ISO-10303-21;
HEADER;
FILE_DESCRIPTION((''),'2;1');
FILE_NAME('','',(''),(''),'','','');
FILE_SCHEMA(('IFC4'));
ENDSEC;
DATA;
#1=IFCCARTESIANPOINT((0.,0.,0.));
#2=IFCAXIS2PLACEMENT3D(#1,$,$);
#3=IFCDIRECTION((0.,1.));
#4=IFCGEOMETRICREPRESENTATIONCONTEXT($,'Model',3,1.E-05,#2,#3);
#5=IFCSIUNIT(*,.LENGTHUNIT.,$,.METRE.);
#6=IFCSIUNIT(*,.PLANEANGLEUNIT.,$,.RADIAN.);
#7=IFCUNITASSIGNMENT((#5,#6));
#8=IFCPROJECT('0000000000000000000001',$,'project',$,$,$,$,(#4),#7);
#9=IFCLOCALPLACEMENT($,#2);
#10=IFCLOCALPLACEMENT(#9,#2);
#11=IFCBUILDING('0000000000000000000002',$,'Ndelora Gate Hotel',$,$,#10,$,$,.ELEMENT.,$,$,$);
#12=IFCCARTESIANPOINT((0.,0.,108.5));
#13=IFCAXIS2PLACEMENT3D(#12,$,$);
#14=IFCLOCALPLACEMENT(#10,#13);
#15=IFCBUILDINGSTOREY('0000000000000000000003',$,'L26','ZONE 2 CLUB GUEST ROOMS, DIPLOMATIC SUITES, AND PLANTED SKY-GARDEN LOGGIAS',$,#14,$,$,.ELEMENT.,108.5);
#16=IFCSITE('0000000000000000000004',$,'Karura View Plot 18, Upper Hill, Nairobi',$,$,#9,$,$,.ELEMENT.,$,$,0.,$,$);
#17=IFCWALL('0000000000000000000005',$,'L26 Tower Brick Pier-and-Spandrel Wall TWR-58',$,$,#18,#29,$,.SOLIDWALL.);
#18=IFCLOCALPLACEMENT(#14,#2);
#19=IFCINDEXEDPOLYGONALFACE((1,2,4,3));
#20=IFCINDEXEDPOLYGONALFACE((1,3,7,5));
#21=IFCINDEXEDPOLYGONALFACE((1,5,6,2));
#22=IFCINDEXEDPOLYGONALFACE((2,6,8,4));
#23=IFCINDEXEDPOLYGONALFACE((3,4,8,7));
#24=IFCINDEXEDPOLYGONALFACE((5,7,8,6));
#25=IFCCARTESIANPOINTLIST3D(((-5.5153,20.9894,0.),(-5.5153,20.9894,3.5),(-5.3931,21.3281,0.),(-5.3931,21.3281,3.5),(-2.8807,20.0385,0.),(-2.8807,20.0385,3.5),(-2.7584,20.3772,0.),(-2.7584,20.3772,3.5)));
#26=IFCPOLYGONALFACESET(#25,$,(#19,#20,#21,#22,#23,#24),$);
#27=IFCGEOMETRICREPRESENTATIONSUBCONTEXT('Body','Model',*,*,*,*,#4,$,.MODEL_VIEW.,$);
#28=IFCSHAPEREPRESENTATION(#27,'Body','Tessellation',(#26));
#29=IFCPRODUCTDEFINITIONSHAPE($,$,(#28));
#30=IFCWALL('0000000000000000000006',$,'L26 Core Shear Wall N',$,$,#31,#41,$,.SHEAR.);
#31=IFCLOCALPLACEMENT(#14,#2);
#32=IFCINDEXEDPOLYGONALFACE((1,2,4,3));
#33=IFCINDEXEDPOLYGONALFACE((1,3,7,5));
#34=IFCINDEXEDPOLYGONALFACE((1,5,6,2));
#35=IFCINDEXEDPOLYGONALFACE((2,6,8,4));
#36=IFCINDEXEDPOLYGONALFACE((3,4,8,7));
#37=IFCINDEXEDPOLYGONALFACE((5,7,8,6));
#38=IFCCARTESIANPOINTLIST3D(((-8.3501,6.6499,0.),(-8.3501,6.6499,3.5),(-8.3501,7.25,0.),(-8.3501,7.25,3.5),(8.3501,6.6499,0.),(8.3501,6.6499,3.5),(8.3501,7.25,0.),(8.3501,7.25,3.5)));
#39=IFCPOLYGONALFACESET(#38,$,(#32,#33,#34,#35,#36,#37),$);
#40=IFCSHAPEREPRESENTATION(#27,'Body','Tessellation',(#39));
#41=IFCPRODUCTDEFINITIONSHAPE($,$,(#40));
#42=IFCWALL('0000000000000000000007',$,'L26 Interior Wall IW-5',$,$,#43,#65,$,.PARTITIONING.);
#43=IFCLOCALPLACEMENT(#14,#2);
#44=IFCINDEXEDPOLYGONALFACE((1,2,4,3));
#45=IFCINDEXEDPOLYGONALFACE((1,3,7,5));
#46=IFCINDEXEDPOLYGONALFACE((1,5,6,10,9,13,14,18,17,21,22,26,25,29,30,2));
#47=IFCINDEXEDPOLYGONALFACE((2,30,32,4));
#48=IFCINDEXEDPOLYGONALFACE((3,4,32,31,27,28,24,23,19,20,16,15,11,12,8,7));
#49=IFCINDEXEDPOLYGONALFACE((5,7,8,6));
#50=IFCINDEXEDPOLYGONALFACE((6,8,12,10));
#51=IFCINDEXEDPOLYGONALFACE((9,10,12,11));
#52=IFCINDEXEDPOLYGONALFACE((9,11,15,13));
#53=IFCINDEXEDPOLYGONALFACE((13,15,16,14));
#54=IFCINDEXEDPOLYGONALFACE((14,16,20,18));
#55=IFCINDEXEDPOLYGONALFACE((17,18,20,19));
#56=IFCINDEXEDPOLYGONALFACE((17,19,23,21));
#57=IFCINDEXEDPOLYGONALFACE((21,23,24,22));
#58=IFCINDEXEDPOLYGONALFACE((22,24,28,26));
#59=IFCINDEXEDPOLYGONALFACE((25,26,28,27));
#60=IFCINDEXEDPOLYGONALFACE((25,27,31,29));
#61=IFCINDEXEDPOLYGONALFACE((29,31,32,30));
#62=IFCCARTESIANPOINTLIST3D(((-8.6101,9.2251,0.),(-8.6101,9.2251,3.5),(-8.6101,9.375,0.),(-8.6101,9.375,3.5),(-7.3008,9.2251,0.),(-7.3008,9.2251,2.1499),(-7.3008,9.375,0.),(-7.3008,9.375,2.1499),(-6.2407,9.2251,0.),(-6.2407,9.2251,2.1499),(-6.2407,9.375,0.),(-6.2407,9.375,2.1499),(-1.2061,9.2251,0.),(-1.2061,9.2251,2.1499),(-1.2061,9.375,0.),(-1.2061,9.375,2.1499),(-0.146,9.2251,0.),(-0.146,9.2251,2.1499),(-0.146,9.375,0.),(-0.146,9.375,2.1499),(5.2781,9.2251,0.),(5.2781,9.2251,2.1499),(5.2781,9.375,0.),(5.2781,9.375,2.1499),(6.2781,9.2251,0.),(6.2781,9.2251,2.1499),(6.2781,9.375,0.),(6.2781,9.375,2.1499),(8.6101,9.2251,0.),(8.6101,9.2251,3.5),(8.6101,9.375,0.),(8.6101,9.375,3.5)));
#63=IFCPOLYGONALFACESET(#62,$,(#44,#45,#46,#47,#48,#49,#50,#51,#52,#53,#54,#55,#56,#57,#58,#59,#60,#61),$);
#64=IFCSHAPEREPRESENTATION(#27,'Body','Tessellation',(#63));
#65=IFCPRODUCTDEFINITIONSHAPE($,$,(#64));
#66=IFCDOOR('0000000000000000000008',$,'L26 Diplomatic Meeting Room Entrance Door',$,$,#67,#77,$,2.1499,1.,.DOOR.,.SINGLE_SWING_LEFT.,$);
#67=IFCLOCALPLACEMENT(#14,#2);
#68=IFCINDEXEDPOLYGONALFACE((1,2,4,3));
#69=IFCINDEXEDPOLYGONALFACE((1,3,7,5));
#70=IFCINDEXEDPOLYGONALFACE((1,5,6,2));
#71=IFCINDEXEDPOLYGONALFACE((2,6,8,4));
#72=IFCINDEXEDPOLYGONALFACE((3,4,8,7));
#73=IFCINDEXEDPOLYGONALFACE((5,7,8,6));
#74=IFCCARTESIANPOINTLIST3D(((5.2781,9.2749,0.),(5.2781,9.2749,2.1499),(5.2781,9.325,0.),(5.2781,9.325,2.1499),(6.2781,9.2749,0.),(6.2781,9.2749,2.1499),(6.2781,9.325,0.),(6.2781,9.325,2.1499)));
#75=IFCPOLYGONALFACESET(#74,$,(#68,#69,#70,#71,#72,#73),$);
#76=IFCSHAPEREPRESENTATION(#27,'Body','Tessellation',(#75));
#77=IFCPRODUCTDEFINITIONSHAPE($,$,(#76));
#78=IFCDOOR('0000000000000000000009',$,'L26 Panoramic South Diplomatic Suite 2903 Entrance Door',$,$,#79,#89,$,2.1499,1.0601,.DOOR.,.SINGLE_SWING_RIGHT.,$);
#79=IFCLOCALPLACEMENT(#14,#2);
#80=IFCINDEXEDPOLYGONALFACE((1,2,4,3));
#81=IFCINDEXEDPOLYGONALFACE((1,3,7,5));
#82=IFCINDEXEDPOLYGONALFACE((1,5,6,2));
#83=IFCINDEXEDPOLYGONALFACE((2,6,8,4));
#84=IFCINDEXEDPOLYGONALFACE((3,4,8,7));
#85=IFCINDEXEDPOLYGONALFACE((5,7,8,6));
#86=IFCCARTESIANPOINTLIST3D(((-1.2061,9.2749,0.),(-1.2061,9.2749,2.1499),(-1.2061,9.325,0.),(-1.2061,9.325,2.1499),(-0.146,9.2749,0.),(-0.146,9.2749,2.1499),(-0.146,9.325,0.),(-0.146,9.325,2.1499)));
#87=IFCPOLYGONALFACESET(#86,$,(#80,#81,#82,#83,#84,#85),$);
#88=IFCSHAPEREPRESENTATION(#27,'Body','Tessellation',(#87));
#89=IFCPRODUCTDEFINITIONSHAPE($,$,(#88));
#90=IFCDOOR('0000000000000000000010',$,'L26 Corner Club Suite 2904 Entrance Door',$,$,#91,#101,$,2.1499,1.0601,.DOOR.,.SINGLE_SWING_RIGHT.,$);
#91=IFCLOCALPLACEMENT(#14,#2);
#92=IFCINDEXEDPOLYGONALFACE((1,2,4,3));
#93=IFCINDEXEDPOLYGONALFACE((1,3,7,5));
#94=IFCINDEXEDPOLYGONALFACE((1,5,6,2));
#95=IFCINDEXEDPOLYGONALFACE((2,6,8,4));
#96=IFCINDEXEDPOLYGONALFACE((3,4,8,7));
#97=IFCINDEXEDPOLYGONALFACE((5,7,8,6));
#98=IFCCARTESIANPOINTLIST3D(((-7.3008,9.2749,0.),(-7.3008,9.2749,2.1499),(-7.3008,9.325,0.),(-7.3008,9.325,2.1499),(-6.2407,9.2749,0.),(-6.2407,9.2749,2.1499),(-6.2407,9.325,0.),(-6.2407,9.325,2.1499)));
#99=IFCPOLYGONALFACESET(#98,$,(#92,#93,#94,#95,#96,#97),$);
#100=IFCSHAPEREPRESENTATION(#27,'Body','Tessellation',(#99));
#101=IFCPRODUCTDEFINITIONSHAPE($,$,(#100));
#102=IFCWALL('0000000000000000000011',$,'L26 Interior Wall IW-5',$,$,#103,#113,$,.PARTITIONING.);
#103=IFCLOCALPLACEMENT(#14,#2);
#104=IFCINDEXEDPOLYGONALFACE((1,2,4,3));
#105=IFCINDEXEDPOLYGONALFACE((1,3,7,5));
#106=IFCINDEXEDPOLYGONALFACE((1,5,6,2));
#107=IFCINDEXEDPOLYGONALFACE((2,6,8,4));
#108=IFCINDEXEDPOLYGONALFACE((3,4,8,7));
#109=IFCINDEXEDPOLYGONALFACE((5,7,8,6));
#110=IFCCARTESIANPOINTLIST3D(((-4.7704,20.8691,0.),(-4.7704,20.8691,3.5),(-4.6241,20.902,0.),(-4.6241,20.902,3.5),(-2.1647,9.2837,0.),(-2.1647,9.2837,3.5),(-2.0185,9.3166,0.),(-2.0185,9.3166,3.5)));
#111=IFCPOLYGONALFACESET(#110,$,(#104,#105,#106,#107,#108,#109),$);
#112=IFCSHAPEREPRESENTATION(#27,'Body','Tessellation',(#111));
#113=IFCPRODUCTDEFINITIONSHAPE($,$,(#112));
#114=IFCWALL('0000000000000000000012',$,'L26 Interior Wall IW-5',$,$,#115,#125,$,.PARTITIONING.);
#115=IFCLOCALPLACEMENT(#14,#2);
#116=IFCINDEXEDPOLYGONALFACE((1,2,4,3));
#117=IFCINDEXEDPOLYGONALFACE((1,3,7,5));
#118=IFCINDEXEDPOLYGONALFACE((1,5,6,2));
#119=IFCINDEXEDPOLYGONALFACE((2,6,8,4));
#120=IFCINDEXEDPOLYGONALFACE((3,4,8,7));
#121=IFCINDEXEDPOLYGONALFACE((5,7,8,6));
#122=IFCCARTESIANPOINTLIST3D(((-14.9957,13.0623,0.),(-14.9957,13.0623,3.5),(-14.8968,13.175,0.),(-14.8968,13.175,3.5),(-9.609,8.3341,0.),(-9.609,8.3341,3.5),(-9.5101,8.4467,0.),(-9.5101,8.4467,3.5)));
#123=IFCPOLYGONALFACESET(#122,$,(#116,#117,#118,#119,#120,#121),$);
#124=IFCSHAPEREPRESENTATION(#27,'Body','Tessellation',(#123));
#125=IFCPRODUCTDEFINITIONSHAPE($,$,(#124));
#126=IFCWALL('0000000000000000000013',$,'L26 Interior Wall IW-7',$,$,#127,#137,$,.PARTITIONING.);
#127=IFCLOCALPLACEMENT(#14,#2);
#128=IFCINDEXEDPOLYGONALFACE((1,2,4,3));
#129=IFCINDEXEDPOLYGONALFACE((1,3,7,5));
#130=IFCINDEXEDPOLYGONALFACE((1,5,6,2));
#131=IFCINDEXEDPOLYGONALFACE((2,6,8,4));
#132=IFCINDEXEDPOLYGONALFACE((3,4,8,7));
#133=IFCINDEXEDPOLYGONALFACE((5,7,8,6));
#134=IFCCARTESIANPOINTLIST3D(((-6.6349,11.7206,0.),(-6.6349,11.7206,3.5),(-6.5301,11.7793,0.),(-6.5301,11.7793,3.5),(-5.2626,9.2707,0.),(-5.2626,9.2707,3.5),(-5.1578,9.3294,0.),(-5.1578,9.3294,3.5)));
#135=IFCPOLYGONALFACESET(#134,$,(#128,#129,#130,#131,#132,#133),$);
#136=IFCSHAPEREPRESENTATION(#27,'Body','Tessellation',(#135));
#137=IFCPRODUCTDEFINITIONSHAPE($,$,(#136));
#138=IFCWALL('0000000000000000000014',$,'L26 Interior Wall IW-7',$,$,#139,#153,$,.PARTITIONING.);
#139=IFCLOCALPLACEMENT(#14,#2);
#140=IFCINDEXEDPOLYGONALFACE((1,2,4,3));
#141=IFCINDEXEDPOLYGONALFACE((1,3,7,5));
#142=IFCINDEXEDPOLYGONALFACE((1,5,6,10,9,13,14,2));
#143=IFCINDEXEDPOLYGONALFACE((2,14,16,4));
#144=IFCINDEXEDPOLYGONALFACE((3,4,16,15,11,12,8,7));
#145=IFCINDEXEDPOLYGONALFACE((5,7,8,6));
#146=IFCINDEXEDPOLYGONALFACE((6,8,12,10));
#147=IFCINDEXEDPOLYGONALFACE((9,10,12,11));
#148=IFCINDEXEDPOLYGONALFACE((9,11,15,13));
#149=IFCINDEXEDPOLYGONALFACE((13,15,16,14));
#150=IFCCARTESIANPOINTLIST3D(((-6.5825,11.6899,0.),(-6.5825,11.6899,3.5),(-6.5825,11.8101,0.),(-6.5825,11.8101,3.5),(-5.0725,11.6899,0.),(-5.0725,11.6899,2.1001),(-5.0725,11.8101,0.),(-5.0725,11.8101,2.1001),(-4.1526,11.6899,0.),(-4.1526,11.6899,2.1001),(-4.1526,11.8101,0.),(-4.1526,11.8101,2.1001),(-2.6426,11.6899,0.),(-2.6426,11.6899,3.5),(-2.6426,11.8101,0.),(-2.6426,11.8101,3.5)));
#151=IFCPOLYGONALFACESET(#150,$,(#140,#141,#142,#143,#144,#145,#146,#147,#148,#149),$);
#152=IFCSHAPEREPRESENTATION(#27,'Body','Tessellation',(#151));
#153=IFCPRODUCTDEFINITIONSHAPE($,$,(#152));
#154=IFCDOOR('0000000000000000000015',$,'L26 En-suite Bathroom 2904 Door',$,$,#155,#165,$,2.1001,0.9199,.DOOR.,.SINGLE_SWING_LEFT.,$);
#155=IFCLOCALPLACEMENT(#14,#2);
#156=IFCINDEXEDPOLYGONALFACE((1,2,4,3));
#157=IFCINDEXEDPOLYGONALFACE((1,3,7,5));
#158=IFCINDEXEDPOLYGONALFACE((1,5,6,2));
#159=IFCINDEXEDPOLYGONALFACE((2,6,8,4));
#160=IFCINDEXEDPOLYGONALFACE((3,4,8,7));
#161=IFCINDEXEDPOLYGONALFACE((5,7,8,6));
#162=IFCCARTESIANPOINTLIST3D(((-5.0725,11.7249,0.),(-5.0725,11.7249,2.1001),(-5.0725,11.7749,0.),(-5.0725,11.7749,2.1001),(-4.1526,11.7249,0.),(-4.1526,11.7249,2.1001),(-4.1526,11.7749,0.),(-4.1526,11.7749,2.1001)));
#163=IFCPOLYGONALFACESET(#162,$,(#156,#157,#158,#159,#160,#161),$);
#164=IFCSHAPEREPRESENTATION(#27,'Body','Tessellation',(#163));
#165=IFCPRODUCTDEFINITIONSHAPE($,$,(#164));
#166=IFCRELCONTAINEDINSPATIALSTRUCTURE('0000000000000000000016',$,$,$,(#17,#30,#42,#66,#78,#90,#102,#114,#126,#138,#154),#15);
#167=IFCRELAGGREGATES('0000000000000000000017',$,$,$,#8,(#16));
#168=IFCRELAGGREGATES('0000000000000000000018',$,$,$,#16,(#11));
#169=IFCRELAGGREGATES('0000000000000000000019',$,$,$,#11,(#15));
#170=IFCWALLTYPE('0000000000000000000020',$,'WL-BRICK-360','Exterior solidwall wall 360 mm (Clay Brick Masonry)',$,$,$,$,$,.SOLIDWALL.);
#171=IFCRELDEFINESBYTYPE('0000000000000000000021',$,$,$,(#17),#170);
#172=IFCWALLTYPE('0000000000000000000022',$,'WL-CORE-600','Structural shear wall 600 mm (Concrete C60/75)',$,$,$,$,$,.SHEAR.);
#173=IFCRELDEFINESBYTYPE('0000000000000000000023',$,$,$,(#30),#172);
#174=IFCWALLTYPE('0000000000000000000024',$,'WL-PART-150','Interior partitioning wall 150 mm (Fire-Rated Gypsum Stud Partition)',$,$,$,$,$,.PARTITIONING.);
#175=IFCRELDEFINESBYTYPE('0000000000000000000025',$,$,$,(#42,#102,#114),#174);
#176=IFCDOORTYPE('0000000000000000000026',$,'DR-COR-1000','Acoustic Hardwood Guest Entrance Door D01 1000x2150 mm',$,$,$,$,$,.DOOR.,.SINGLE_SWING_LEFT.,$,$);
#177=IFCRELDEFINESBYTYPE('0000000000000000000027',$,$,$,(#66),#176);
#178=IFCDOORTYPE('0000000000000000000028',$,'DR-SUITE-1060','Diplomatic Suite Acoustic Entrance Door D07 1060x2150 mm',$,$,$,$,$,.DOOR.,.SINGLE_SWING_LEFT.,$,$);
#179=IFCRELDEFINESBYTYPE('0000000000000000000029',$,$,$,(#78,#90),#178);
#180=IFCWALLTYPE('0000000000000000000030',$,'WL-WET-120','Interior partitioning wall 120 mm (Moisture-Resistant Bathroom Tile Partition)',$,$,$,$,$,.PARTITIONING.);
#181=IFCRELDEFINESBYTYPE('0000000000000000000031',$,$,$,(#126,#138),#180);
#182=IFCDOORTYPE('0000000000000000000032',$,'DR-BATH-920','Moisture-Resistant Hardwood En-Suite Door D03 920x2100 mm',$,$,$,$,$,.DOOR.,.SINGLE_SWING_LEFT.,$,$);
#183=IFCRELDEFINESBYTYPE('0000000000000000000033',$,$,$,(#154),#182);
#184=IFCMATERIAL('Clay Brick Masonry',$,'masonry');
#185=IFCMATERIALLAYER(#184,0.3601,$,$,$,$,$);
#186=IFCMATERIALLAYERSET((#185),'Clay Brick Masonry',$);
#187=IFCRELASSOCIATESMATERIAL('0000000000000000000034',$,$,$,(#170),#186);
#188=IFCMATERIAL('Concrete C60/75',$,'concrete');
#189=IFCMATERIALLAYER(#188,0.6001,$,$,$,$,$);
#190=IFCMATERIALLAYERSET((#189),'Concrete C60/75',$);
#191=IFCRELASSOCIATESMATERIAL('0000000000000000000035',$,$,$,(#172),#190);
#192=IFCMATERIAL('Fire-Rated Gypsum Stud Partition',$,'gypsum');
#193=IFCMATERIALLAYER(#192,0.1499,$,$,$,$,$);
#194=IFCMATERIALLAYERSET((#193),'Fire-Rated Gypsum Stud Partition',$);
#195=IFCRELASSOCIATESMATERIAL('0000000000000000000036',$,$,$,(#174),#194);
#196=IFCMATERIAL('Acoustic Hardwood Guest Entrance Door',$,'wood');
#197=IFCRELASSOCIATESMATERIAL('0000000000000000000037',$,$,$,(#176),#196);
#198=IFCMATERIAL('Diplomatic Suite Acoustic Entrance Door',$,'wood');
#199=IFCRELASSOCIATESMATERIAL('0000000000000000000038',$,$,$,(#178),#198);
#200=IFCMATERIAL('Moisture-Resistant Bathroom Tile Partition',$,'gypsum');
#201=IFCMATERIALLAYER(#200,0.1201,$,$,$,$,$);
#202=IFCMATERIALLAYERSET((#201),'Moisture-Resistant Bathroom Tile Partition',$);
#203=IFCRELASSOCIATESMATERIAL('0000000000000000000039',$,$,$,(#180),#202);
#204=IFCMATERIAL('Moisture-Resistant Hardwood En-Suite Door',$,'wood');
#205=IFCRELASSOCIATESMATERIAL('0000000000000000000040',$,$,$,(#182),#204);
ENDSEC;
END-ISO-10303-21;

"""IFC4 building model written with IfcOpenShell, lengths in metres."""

from ifc_helpers import new_model, si_unit, direction, frame, frame_2d, origin, place, context, subcontext, project, spatial, rectangle, extrude, material, layer, layer_set, type_object, element, fill, save


model = new_model("IFC4")

# Units and contexts
model_context = context("Model", 3, precision=1e-05, world=origin(), true_north=direction((0.0, 1.0)))
body_context = subcontext(model_context, "Body", "Model", "MODEL_VIEW")
ifc_project = project(units=[si_unit("LENGTHUNIT", "METRE"), si_unit("PLANEANGLEUNIT", "RADIAN")], contexts=[model_context])

# Site, building, storey
site_placement = place(None, origin())
site = spatial("IfcSite", under=ifc_project, at=site_placement, Name="Karura View Plot 18, Upper Hill, Nairobi", CompositionType="ELEMENT", RefElevation=0.0)
building_placement = place(site_placement, origin())
building = spatial("IfcBuilding", under=site, at=building_placement, Name="Ndelora Gate Hotel", CompositionType="ELEMENT")
storey_placement = place(building_placement, frame((0.0, 0.0, 108.5)))
storey = spatial("IfcBuildingStorey", under=building, at=storey_placement, Name="L26", Description="ZONE 2 CLUB GUEST ROOMS, DIPLOMATIC SUITES, AND PLANTED SKY-GARDEN LOGGIAS", CompositionType="ELEMENT", Elevation=108.5)

# Shared definitions
ifc_material_1 = material(Name="Concrete C60/75", Category="concrete")

# Shared definitions
ifc_material_2 = material(Name="Clay Brick Masonry", Category="masonry")
ifc_layer_1 = layer(ifc_material_2, 0.3601)
ifc_layer_set_1 = layer_set([ifc_layer_1], Name="Clay Brick Masonry")
wall_type_1 = type_object("IfcWallType", Name="WL-BRICK-360", Description="Exterior solidwall wall 360 mm (Clay Brick Masonry)", PredefinedType="SOLIDWALL", material=ifc_layer_set_1)

# Walls
wall_1_placement = place(storey_placement, frame((-5.4541, 21.1587, 0.0), z_axis=(0.0, 0.0, 1.0), x_axis=(0.940613, -0.339482, 0.0)))
element("IfcWall", 1, at=wall_1_placement, inside=storey, type_object=wall_type_1, Name="L26 Tower Brick Pier-and-Spandrel Wall TWR-58", PredefinedType="SOLIDWALL", context=body_context, shape_type="SweptSolid", body=[
    extrude(rectangle(XDim=2.801, YDim=0.3601, at=frame_2d((1.4004, 0.0))), origin(), (0.0, 0.0, 1.0), 3.5),
])
ifc_layer_2 = layer(ifc_material_1, 0.6001)
ifc_layer_set_2 = layer_set([ifc_layer_2], Name="Concrete C60/75")
wall_type_2 = type_object("IfcWallType", Name="WL-CORE-600", Description="Structural shear wall 600 mm (Concrete C60/75)", PredefinedType="SHEAR", material=ifc_layer_set_2)
wall_2_placement = place(storey_placement, frame((-8.3501, 6.95, 0.0), z_axis=(0.0, 0.0, 1.0), x_axis=(1.0, 0.0, 0.0)))
element("IfcWall", 2, at=wall_2_placement, inside=storey, type_object=wall_type_2, Name="L26 Core Shear Wall N", PredefinedType="SHEAR", context=body_context, shape_type="SweptSolid", body=[
    extrude(rectangle(XDim=16.7002, YDim=0.6001, at=frame_2d((8.3501, 0.0))), origin(), (0.0, 0.0, 1.0), 3.5),
])

# Wall, openings, doors
ifc_material_3 = material(Name="Fire-Rated Gypsum Stud Partition", Category="gypsum")
ifc_layer_3 = layer(ifc_material_3, 0.1499)
ifc_layer_set_3 = layer_set([ifc_layer_3], Name="Fire-Rated Gypsum Stud Partition")
wall_type_3 = type_object("IfcWallType", Name="WL-PART-150", Description="Interior partitioning wall 150 mm (Fire-Rated Gypsum Stud Partition)", PredefinedType="PARTITIONING", material=ifc_layer_set_3)
wall_3_placement = place(storey_placement, frame((-8.6101, 9.3, 0.0), z_axis=(0.0, 0.0, 1.0), x_axis=(1.0, 0.0, 0.0)))
wall_3 = element("IfcWall", 3, at=wall_3_placement, inside=storey, type_object=wall_type_3, Name="L26 Interior Wall IW-5", PredefinedType="PARTITIONING", context=body_context, shape_type="SweptSolid", body=[
    extrude(rectangle(XDim=17.2202, YDim=0.1499, at=frame_2d((8.6101, 0.0))), origin(), (0.0, 0.0, 1.0), 3.5),
])
opening_1_placement = place(wall_3_placement, frame((13.8882, 0.0, 0.0)))
opening_1 = element("IfcOpeningElement", 4, at=opening_1_placement, cuts=wall_3, PredefinedType="OPENING", context=body_context, shape_type="SweptSolid", body=[
    extrude(rectangle(XDim=1.0, YDim=2.1499, at=frame_2d((0.5, 1.075))), frame((0.0, 0.085, 0.0), z_axis=(0.0, -1.0, 0.0), x_axis=(1.0, 0.0, 0.0)), (0.0, 0.0, 1.0), 0.1699),
])
opening_2_placement = place(wall_3_placement, frame((7.4041, 0.0, 0.0)))
opening_2 = element("IfcOpeningElement", 5, at=opening_2_placement, cuts=wall_3, PredefinedType="OPENING", context=body_context, shape_type="SweptSolid", body=[
    extrude(rectangle(XDim=1.0601, YDim=2.1499, at=frame_2d((0.53, 1.075))), frame((0.0, 0.085, 0.0), z_axis=(0.0, -1.0, 0.0), x_axis=(1.0, 0.0, 0.0)), (0.0, 0.0, 1.0), 0.1699),
])
opening_3_placement = place(wall_3_placement, frame((1.3093, 0.0, 0.0)))
opening_3 = element("IfcOpeningElement", 6, at=opening_3_placement, cuts=wall_3, PredefinedType="OPENING", context=body_context, shape_type="SweptSolid", body=[
    extrude(rectangle(XDim=1.0601, YDim=2.1499, at=frame_2d((0.53, 1.075))), frame((0.0, 0.085, 0.0), z_axis=(0.0, -1.0, 0.0), x_axis=(1.0, 0.0, 0.0)), (0.0, 0.0, 1.0), 0.1699),
])
ifc_material_4 = material(Name="Acoustic Hardwood Guest Entrance Door", Category="wood")
door_type_1 = type_object("IfcDoorType", Name="DR-COR-1000", Description="Acoustic Hardwood Guest Entrance Door D01 1000x2150 mm", OperationType="SINGLE_SWING_LEFT", PredefinedType="DOOR", material=ifc_material_4)
door_1_placement = place(opening_1_placement, origin())
door_1 = element("IfcDoor", 7, at=door_1_placement, inside=storey, type_object=door_type_1, Name="L26 Diplomatic Meeting Room Entrance Door", OperationType="SINGLE_SWING_LEFT", OverallHeight=2.1499, OverallWidth=1.0, PredefinedType="DOOR", context=body_context, shape_type="SweptSolid", body=[
    extrude(rectangle(XDim=1.0, YDim=2.1499, at=frame_2d((0.5, 1.075))), frame((0.0, 0.0249, 0.0), z_axis=(0.0, -1.0, 0.0), x_axis=(1.0, 0.0, 0.0)), (0.0, 0.0, 1.0), 0.05),
])
fill(opening_1, door_1)
ifc_material_5 = material(Name="Diplomatic Suite Acoustic Entrance Door", Category="wood")
door_type_2 = type_object("IfcDoorType", Name="DR-SUITE-1060", Description="Diplomatic Suite Acoustic Entrance Door D07 1060x2150 mm", OperationType="SINGLE_SWING_LEFT", PredefinedType="DOOR", material=ifc_material_5)
door_2_placement = place(opening_2_placement, origin())
door_2 = element("IfcDoor", 8, at=door_2_placement, inside=storey, type_object=door_type_2, Name="L26 Panoramic South Diplomatic Suite 2903 Entrance Door", OperationType="SINGLE_SWING_RIGHT", OverallHeight=2.1499, OverallWidth=1.0601, PredefinedType="DOOR", context=body_context, shape_type="SweptSolid", body=[
    extrude(rectangle(XDim=1.0601, YDim=2.1499, at=frame_2d((0.53, 1.075))), frame((0.0, 0.0249, 0.0), z_axis=(0.0, -1.0, 0.0), x_axis=(1.0, 0.0, 0.0)), (0.0, 0.0, 1.0), 0.05),
])
fill(opening_2, door_2)
door_3_placement = place(opening_3_placement, origin())
door_3 = element("IfcDoor", 9, at=door_3_placement, inside=storey, type_object=door_type_2, Name="L26 Corner Club Suite 2904 Entrance Door", OperationType="SINGLE_SWING_RIGHT", OverallHeight=2.1499, OverallWidth=1.0601, PredefinedType="DOOR", context=body_context, shape_type="SweptSolid", body=[
    extrude(rectangle(XDim=1.0601, YDim=2.1499, at=frame_2d((0.53, 1.075))), frame((0.0, 0.0249, 0.0), z_axis=(0.0, -1.0, 0.0), x_axis=(1.0, 0.0, 0.0)), (0.0, 0.0, 1.0), 0.05),
])
fill(opening_3, door_3)

# Walls
wall_4_placement = place(storey_placement, frame((-2.0916, 9.3, 0.0), z_axis=(0.0, 0.0, 1.0), x_axis=(-0.219431, 0.975628, 0.0)))
element("IfcWall", 10, at=wall_4_placement, inside=storey, type_object=wall_type_3, Name="L26 Interior Wall IW-5", PredefinedType="PARTITIONING", context=body_context, shape_type="SweptSolid", body=[
    extrude(rectangle(XDim=11.8748, YDim=0.1499, at=frame_2d((5.9375, 0.0))), origin(), (0.0, 0.0, 1.0), 3.5),
])
wall_5_placement = place(storey_placement, frame((-9.5596, 8.3904, 0.0), z_axis=(0.0, 0.0, 1.0), x_axis=(-0.751546, 0.659681, 0.0)))
element("IfcWall", 11, at=wall_5_placement, inside=storey, type_object=wall_type_3, Name="L26 Interior Wall IW-5", PredefinedType="PARTITIONING", context=body_context, shape_type="SweptSolid", body=[
    extrude(rectangle(XDim=7.1675, YDim=0.1499, at=frame_2d((3.5837, 0.0))), origin(), (0.0, 0.0, 1.0), 3.5),
])
ifc_material_6 = material(Name="Moisture-Resistant Bathroom Tile Partition", Category="gypsum")
ifc_layer_4 = layer(ifc_material_6, 0.1201)
ifc_layer_set_4 = layer_set([ifc_layer_4], Name="Moisture-Resistant Bathroom Tile Partition")
wall_type_4 = type_object("IfcWallType", Name="WL-WET-120", Description="Interior partitioning wall 120 mm (Moisture-Resistant Bathroom Tile Partition)", PredefinedType="PARTITIONING", material=ifc_layer_set_4)
wall_6_placement = place(storey_placement, frame((-5.2102, 9.3, 0.0), z_axis=(0.0, 0.0, 1.0), x_axis=(-0.488696, 0.872454, 0.0)))
element("IfcWall", 12, at=wall_6_placement, inside=storey, type_object=wall_type_4, Name="L26 Interior Wall IW-7", PredefinedType="PARTITIONING", context=body_context, shape_type="SweptSolid", body=[
    extrude(rectangle(XDim=2.8081, YDim=0.1201, at=frame_2d((1.4041, 0.0))), origin(), (0.0, 0.0, 1.0), 3.5),
])

# Wall, opening, door
wall_7_placement = place(storey_placement, frame((-6.5825, 11.75, 0.0), z_axis=(0.0, 0.0, 1.0), x_axis=(1.0, 0.0, 0.0)))
wall_7 = element("IfcWall", 13, at=wall_7_placement, inside=storey, type_object=wall_type_4, Name="L26 Interior Wall IW-7", PredefinedType="PARTITIONING", context=body_context, shape_type="SweptSolid", body=[
    extrude(rectangle(XDim=3.9399, YDim=0.1201, at=frame_2d((1.97, 0.0))), origin(), (0.0, 0.0, 1.0), 3.5),
])
opening_4_placement = place(wall_7_placement, frame((1.51, 0.0, 0.0)))
opening_4 = element("IfcOpeningElement", 14, at=opening_4_placement, cuts=wall_7, PredefinedType="OPENING", context=body_context, shape_type="SweptSolid", body=[
    extrude(rectangle(XDim=0.9199, YDim=2.1001, at=frame_2d((0.46, 1.05))), frame((0.0, 0.0701, 0.0), z_axis=(0.0, -1.0, 0.0), x_axis=(1.0, 0.0, 0.0)), (0.0, 0.0, 1.0), 0.1401),
])
ifc_material_7 = material(Name="Moisture-Resistant Hardwood En-Suite Door", Category="wood")
door_type_3 = type_object("IfcDoorType", Name="DR-BATH-920", Description="Moisture-Resistant Hardwood En-Suite Door D03 920x2100 mm", OperationType="SINGLE_SWING_LEFT", PredefinedType="DOOR", material=ifc_material_7)
door_4_placement = place(opening_4_placement, origin())
door_4 = element("IfcDoor", 15, at=door_4_placement, inside=storey, type_object=door_type_3, Name="L26 En-suite Bathroom 2904 Door", OperationType="SINGLE_SWING_LEFT", OverallHeight=2.1001, OverallWidth=0.9199, PredefinedType="DOOR", context=body_context, shape_type="SweptSolid", body=[
    extrude(rectangle(XDim=0.9199, YDim=2.1001, at=frame_2d((0.46, 1.05))), frame((0.0, 0.0249, 0.0), z_axis=(0.0, -1.0, 0.0), x_axis=(1.0, 0.0, 0.0)), (0.0, 0.0, 1.0), 0.05),
])
fill(opening_4, door_4)

save(model, "model.ifc")
